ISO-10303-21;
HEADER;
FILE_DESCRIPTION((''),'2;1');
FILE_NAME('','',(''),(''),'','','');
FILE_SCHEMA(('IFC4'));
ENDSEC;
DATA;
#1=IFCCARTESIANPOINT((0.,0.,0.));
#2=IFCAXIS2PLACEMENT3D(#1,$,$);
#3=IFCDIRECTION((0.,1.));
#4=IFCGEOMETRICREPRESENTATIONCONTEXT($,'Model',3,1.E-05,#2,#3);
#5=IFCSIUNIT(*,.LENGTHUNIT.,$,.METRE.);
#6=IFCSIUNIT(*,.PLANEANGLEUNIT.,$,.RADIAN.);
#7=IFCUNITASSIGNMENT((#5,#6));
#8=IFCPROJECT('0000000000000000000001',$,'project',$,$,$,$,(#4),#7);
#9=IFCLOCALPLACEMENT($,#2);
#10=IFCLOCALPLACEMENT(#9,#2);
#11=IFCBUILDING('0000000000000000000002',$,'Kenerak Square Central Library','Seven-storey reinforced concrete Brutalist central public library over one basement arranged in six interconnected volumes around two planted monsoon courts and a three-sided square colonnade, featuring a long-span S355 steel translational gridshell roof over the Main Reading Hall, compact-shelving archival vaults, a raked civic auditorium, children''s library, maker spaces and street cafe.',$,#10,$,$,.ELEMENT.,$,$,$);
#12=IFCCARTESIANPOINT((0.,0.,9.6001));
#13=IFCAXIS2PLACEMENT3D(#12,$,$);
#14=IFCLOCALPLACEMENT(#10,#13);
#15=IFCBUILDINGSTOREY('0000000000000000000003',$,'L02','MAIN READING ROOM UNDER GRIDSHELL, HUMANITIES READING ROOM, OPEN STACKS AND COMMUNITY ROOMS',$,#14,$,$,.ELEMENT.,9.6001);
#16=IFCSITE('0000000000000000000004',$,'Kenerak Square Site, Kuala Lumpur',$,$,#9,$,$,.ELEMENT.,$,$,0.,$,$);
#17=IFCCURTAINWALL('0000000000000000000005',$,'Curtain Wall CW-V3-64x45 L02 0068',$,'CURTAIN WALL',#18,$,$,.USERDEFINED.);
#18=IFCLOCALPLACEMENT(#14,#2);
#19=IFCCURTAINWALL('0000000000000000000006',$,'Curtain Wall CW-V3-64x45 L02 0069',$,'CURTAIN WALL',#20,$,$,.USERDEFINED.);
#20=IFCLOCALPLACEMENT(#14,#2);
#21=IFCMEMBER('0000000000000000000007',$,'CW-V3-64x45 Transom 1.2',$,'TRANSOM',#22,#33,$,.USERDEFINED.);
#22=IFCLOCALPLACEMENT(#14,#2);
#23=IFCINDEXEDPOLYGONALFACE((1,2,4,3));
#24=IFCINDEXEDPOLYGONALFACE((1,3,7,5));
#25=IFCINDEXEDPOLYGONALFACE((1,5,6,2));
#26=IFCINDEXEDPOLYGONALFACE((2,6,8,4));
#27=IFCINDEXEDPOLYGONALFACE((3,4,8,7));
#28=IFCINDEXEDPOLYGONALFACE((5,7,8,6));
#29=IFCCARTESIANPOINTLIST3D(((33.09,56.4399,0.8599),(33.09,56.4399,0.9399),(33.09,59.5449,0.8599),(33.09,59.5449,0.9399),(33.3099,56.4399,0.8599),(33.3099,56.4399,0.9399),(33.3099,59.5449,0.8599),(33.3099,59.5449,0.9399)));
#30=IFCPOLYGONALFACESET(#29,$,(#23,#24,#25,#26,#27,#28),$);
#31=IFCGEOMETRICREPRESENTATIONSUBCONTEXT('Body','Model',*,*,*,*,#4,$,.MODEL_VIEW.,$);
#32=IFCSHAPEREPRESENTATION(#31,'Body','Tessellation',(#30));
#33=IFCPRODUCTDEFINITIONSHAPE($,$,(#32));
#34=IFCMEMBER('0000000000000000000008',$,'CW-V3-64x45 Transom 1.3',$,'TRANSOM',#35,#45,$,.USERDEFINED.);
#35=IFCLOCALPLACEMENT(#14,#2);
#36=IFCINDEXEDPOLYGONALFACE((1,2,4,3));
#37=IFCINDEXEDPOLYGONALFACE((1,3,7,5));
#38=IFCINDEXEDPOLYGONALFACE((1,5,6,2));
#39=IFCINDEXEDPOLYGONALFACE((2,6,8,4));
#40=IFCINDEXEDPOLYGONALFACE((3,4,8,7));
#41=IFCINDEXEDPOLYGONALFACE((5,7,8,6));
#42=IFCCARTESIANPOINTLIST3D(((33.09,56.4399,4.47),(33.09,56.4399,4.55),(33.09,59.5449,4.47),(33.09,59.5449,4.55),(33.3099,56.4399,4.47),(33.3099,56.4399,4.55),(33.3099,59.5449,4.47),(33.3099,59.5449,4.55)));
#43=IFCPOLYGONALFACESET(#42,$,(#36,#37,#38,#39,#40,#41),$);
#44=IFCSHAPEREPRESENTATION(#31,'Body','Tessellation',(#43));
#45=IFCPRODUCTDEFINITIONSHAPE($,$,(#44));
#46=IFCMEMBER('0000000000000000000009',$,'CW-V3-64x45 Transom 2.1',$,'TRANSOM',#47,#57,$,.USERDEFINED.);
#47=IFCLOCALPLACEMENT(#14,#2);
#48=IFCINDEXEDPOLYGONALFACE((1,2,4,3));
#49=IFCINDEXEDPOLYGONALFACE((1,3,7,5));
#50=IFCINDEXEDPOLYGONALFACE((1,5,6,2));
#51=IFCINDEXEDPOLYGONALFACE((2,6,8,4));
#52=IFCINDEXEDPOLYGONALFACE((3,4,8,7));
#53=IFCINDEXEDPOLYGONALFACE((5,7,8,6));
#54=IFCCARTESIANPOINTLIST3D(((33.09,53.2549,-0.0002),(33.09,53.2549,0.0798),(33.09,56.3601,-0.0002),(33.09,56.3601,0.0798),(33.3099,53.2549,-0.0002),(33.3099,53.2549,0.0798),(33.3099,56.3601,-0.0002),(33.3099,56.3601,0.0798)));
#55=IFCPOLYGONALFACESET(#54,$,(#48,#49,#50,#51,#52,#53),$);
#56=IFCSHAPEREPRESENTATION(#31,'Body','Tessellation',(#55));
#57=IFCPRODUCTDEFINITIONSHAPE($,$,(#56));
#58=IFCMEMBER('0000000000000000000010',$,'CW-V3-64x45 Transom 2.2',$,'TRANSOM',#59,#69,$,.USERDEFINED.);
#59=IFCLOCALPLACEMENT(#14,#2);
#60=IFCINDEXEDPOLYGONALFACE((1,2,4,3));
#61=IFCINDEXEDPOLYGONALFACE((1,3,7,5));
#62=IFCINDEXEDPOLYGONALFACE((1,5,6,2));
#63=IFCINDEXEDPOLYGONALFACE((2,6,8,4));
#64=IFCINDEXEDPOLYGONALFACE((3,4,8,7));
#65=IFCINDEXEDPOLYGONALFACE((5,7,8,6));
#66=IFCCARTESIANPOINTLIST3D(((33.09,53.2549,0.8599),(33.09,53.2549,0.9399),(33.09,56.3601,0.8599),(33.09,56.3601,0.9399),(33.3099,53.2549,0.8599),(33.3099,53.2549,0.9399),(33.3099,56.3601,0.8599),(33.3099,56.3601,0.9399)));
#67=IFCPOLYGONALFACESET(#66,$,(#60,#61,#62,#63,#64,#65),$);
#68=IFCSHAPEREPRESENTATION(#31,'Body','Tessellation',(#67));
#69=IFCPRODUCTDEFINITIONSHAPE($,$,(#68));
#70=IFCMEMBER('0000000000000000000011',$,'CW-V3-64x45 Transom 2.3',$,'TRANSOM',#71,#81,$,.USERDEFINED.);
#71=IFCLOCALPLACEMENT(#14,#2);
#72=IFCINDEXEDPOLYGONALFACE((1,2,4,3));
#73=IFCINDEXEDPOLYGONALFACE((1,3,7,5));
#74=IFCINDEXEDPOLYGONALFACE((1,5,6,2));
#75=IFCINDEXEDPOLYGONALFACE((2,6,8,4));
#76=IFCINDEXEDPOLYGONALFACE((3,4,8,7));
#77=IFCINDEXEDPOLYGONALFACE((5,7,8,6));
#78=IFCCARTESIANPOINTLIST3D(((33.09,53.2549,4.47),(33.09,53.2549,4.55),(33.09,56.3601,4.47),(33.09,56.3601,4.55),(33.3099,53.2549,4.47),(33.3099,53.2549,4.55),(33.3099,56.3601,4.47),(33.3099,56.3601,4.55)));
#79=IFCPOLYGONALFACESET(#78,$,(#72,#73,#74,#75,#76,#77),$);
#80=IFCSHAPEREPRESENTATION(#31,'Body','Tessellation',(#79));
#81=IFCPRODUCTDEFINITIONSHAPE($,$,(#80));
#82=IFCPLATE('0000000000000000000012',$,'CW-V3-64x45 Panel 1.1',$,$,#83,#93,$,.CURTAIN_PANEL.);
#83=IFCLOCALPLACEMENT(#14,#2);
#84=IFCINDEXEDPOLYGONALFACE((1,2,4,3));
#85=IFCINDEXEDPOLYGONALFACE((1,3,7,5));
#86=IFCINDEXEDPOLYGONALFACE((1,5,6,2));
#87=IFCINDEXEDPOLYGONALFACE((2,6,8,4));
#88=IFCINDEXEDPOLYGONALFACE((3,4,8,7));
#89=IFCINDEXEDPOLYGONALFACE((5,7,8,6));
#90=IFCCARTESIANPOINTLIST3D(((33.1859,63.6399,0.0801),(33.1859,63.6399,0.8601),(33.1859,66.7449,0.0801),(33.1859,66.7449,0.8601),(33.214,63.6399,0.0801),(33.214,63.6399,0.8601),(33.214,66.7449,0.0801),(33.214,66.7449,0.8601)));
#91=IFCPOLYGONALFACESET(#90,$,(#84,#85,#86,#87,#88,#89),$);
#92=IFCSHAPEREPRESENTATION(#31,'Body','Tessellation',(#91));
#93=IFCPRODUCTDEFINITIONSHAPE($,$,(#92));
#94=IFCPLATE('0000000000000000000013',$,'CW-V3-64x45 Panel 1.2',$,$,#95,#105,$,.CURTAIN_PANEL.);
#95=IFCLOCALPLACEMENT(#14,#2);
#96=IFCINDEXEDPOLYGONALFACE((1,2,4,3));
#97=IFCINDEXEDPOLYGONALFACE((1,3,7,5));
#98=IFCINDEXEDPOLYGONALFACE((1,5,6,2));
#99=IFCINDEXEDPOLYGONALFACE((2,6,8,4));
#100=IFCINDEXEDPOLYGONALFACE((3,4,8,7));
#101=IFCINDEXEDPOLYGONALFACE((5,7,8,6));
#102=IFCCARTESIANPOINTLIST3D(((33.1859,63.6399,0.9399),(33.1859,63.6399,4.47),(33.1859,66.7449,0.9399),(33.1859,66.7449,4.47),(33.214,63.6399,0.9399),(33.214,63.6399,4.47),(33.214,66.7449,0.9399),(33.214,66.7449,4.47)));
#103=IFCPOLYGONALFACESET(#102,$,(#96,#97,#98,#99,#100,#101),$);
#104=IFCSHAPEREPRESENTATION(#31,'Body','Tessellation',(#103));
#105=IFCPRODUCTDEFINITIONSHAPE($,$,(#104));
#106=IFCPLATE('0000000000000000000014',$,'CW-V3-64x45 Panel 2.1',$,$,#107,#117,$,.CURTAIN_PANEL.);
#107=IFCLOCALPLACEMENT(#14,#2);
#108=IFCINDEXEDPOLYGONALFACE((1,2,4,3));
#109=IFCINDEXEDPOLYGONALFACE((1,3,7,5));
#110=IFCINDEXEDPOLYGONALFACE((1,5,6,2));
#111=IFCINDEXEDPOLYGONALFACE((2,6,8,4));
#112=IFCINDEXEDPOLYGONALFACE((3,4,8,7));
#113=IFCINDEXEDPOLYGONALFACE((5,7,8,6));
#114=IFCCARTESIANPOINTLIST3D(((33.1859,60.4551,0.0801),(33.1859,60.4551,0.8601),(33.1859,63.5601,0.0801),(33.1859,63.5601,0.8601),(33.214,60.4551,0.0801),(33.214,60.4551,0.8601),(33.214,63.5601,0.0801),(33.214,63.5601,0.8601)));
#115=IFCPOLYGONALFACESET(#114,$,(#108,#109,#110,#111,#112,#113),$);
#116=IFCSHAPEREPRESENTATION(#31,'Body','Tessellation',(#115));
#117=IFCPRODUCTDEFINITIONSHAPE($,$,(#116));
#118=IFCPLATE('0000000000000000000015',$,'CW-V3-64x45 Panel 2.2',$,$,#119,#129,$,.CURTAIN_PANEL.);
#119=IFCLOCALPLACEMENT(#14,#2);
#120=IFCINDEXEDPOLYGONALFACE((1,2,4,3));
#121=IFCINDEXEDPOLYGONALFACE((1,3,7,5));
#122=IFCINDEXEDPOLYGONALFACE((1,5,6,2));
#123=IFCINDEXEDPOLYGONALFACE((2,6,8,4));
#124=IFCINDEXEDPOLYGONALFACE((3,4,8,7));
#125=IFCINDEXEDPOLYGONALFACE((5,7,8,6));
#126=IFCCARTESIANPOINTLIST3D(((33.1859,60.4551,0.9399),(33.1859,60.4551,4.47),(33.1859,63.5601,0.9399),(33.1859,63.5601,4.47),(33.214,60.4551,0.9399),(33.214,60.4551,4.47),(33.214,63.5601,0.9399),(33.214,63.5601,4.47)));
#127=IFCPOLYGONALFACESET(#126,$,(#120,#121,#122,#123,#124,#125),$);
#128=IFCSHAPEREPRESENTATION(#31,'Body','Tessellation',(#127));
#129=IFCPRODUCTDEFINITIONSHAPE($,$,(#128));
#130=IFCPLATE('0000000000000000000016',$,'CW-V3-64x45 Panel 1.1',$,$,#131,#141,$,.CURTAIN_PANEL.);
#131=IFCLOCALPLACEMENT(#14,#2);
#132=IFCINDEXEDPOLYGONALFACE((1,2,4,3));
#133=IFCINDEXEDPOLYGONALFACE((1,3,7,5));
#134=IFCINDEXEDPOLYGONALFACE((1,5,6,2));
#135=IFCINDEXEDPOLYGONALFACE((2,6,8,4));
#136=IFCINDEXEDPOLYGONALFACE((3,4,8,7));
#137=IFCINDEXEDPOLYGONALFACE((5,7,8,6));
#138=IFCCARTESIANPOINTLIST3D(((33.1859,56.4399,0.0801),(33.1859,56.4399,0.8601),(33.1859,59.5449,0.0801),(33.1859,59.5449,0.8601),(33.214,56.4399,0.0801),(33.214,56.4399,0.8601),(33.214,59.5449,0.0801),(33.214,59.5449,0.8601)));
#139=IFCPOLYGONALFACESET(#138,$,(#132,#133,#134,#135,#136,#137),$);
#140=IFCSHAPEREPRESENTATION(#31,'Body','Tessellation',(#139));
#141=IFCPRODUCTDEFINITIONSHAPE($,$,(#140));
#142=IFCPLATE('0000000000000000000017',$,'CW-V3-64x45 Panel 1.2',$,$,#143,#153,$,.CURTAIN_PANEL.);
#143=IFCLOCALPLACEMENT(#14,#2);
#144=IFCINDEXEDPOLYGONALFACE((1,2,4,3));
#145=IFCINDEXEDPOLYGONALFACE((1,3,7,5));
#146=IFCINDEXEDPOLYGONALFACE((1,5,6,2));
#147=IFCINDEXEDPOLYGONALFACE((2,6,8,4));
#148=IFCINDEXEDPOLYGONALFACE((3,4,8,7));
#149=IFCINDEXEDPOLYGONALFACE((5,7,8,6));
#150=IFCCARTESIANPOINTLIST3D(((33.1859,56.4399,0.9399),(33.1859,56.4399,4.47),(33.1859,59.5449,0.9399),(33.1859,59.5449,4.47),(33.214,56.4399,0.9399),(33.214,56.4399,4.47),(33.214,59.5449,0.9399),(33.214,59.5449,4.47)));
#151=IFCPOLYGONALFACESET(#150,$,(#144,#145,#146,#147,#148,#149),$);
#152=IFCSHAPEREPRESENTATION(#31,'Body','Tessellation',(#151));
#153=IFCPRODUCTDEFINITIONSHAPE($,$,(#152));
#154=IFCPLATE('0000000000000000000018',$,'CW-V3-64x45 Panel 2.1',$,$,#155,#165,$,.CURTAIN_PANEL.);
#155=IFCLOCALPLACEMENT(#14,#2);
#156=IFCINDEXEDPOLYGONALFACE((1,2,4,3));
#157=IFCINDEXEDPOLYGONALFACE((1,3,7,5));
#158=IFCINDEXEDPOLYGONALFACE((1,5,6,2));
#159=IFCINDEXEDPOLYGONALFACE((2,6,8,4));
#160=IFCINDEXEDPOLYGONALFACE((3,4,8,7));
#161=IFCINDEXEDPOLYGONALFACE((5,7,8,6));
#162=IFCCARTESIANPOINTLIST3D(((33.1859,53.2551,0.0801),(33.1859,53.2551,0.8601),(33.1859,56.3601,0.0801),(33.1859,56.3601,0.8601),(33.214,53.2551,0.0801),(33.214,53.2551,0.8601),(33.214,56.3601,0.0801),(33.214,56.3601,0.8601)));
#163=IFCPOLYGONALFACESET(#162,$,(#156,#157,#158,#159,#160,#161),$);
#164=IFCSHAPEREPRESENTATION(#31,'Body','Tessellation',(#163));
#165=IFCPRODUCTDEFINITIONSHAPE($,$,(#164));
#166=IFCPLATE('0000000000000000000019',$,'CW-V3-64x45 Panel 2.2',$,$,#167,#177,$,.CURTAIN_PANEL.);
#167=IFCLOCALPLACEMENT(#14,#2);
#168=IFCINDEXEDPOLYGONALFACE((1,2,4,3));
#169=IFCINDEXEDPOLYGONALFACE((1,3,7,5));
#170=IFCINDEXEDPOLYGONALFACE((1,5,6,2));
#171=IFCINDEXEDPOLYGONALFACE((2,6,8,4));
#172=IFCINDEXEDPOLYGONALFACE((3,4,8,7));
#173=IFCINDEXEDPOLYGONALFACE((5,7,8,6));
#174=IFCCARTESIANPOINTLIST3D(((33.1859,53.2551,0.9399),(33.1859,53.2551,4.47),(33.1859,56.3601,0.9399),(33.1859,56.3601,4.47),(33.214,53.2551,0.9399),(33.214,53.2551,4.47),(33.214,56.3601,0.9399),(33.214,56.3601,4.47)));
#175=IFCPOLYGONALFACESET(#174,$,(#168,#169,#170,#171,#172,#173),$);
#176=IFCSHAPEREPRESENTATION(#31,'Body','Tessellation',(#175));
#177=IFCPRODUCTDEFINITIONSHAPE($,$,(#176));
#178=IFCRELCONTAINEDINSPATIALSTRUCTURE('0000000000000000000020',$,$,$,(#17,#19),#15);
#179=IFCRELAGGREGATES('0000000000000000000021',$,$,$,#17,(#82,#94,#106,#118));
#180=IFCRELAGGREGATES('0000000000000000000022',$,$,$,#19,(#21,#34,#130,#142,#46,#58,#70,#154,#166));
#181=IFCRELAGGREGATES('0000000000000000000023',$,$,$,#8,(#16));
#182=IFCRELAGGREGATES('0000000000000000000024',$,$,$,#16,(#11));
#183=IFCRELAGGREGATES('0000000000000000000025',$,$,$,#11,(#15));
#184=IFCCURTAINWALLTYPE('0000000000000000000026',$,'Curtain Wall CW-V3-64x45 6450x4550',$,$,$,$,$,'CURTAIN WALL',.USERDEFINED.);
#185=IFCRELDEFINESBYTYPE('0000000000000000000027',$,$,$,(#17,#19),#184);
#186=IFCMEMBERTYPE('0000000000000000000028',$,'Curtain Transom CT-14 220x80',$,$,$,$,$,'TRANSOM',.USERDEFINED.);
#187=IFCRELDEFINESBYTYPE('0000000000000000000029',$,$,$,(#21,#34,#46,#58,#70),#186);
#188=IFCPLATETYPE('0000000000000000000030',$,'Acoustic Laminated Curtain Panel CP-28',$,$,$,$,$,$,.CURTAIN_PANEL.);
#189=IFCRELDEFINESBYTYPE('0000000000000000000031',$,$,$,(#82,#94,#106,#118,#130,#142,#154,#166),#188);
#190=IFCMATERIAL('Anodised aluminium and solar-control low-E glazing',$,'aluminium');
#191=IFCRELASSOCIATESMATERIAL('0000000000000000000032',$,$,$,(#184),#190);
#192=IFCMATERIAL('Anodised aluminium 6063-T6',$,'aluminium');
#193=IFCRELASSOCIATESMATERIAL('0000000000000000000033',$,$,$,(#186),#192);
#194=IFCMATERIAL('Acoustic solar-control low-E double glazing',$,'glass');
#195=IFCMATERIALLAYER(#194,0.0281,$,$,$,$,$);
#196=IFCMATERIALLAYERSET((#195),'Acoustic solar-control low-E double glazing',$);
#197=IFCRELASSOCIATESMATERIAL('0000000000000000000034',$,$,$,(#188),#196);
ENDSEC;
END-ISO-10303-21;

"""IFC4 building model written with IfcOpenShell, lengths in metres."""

from ifc_helpers import new_model, si_unit, direction, frame, origin, origin_2d, place, context, subcontext, project, spatial, rectangle, extrude, material, layer, layer_set, material_profile, profile_set, type_object, element, aggregate, save


model = new_model("IFC4")

# Units and contexts
model_context = context("Model", 3, precision=1e-05, world=origin(), true_north=direction((0.0, 1.0)))
body_context = subcontext(model_context, "Body", "Model", "MODEL_VIEW")
ifc_project = project(units=[si_unit("LENGTHUNIT", "METRE"), si_unit("PLANEANGLEUNIT", "RADIAN")], contexts=[model_context])

# Site, building, storey
site_placement = place(None, origin())
site = spatial("IfcSite", under=ifc_project, at=site_placement, Name="Kenerak Square Site, Kuala Lumpur", CompositionType="ELEMENT", RefElevation=0.0)
building_placement = place(site_placement, origin())
building = spatial("IfcBuilding", under=site, at=building_placement, Name="Kenerak Square Central Library", Description="Seven-storey reinforced concrete Brutalist central public library over one basement arranged in six interconnected volumes around two planted monsoon courts and a three-sided square colonnade, featuring a long-span S355 steel translational gridshell roof over the Main Reading Hall, compact-shelving archival vaults, a raked civic auditorium, children's library, maker spaces and street cafe.", CompositionType="ELEMENT")
storey_placement = place(building_placement, frame((0.0, 0.0, 9.6001)))
storey = spatial("IfcBuildingStorey", under=building, at=storey_placement, Name="L02", Description="MAIN READING ROOM UNDER GRIDSHELL, HUMANITIES READING ROOM, OPEN STACKS AND COMMUNITY ROOMS", CompositionType="ELEMENT", Elevation=9.6001)

# Curtain walls
ifc_material_1 = material(Name="Anodised aluminium and solar-control low-E glazing", Category="aluminium")
curtain_wall_type = type_object("IfcCurtainWallType", Name="Curtain Wall CW-V3-64x45 6450x4550", ElementType="CURTAIN WALL", PredefinedType="USERDEFINED", material=ifc_material_1)
curtain_wall_1_placement = place(storey_placement, origin())
curtain_wall_1 = element("IfcCurtainWall", 1, at=curtain_wall_1_placement, inside=storey, type_object=curtain_wall_type, Name="Curtain Wall CW-V3-64x45 L02 0068", ObjectType="CURTAIN WALL", PredefinedType="USERDEFINED")
ifc_material_2 = material(Name="Anodised aluminium 6063-T6", Category="aluminium")
curtain_wall_2_placement = place(storey_placement, origin())
curtain_wall_2 = element("IfcCurtainWall", 2, at=curtain_wall_2_placement, inside=storey, type_object=curtain_wall_type, Name="Curtain Wall CW-V3-64x45 L02 0069", ObjectType="CURTAIN WALL", PredefinedType="USERDEFINED")

# Members
ifc_material_profile_1 = material_profile(ifc_material_2, rectangle(XDim=0.22, YDim=0.0801, at=origin_2d()), Name="AL TRANSOM 220x80")
ifc_profile_set_1 = profile_set([ifc_material_profile_1], Name="Anodised aluminium 6063-T6")
member_type_1 = type_object("IfcMemberType", Name="Curtain Transom CT-14 220x80", ElementType="TRANSOM", PredefinedType="USERDEFINED", material=ifc_profile_set_1)
member_1_placement = place(storey_placement, frame((33.2, 59.5449, 0.8999), z_axis=(0.0, -1.0, 0.0), x_axis=(1.0, 0.0, 0.0)))
member_1 = element("IfcMember", 3, at=member_1_placement, type_object=member_type_1, Name="CW-V3-64x45 Transom 1.2", ObjectType="TRANSOM", PredefinedType="USERDEFINED", context=body_context, shape_type="SweptSolid", body=[
    extrude(rectangle(XDim=0.22, YDim=0.0801, at=origin_2d()), origin(), (0.0, 0.0, 1.0), 3.105),
])
member_2_placement = place(storey_placement, frame((33.2, 59.5449, 4.51), z_axis=(0.0, -1.0, 0.0), x_axis=(1.0, 0.0, 0.0)))
member_2 = element("IfcMember", 4, at=member_2_placement, type_object=member_type_1, Name="CW-V3-64x45 Transom 1.3", ObjectType="TRANSOM", PredefinedType="USERDEFINED", context=body_context, shape_type="SweptSolid", body=[
    extrude(rectangle(XDim=0.22, YDim=0.0801, at=origin_2d()), origin(), (0.0, 0.0, 1.0), 3.105),
])
member_3_placement = place(storey_placement, frame((33.2, 56.3601, 0.0398), z_axis=(0.0, -1.0, 0.0), x_axis=(1.0, 0.0, 0.0)))
member_3 = element("IfcMember", 5, at=member_3_placement, type_object=member_type_1, Name="CW-V3-64x45 Transom 2.1", ObjectType="TRANSOM", PredefinedType="USERDEFINED", context=body_context, shape_type="SweptSolid", body=[
    extrude(rectangle(XDim=0.22, YDim=0.0801, at=origin_2d()), origin(), (0.0, 0.0, 1.0), 3.1052),
])
member_4_placement = place(storey_placement, frame((33.2, 56.3601, 0.8999), z_axis=(0.0, -1.0, 0.0), x_axis=(1.0, 0.0, 0.0)))
member_4 = element("IfcMember", 6, at=member_4_placement, type_object=member_type_1, Name="CW-V3-64x45 Transom 2.2", ObjectType="TRANSOM", PredefinedType="USERDEFINED", context=body_context, shape_type="SweptSolid", body=[
    extrude(rectangle(XDim=0.22, YDim=0.0801, at=origin_2d()), origin(), (0.0, 0.0, 1.0), 3.1052),
])
member_5_placement = place(storey_placement, frame((33.2, 56.3601, 4.51), z_axis=(0.0, -1.0, 0.0), x_axis=(1.0, 0.0, 0.0)))
member_5 = element("IfcMember", 7, at=member_5_placement, type_object=member_type_1, Name="CW-V3-64x45 Transom 2.3", ObjectType="TRANSOM", PredefinedType="USERDEFINED", context=body_context, shape_type="SweptSolid", body=[
    extrude(rectangle(XDim=0.22, YDim=0.0801, at=origin_2d()), origin(), (0.0, 0.0, 1.0), 3.1052),
])

# Plates
ifc_material_3 = material(Name="Acoustic solar-control low-E double glazing", Category="glass")
ifc_layer = layer(ifc_material_3, 0.0281)
ifc_layer_set = layer_set([ifc_layer], Name="Acoustic solar-control low-E double glazing")
plate_type = type_object("IfcPlateType", Name="Acoustic Laminated Curtain Panel CP-28", PredefinedType="CURTAIN_PANEL", material=ifc_layer_set)
plate_1_placement = place(storey_placement, frame((33.2, 65.1924, 0.0801), z_axis=(0.0, 0.0, 1.0), x_axis=(0.0, -1.0, 0.0)))
plate_1 = element("IfcPlate", 8, at=plate_1_placement, type_object=plate_type, Name="CW-V3-64x45 Panel 1.1", PredefinedType="CURTAIN_PANEL", context=body_context, shape_type="SweptSolid", body=[
    extrude(rectangle(XDim=3.105, YDim=0.0281, at=origin_2d()), origin(), (0.0, 0.0, 1.0), 0.78),
])
plate_2_placement = place(storey_placement, frame((33.2, 65.1924, 0.9399), z_axis=(0.0, 0.0, 1.0), x_axis=(0.0, -1.0, 0.0)))
plate_2 = element("IfcPlate", 9, at=plate_2_placement, type_object=plate_type, Name="CW-V3-64x45 Panel 1.2", PredefinedType="CURTAIN_PANEL", context=body_context, shape_type="SweptSolid", body=[
    extrude(rectangle(XDim=3.105, YDim=0.0281, at=origin_2d()), origin(), (0.0, 0.0, 1.0), 3.53),
])
plate_3_placement = place(storey_placement, frame((33.2, 62.0076, 0.0801), z_axis=(0.0, 0.0, 1.0), x_axis=(0.0, -1.0, 0.0)))
plate_3 = element("IfcPlate", 10, at=plate_3_placement, type_object=plate_type, Name="CW-V3-64x45 Panel 2.1", PredefinedType="CURTAIN_PANEL", context=body_context, shape_type="SweptSolid", body=[
    extrude(rectangle(XDim=3.105, YDim=0.0281, at=origin_2d()), origin(), (0.0, 0.0, 1.0), 0.78),
])
plate_4_placement = place(storey_placement, frame((33.2, 62.0076, 0.9399), z_axis=(0.0, 0.0, 1.0), x_axis=(0.0, -1.0, 0.0)))
plate_4 = element("IfcPlate", 11, at=plate_4_placement, type_object=plate_type, Name="CW-V3-64x45 Panel 2.2", PredefinedType="CURTAIN_PANEL", context=body_context, shape_type="SweptSolid", body=[
    extrude(rectangle(XDim=3.105, YDim=0.0281, at=origin_2d()), origin(), (0.0, 0.0, 1.0), 3.53),
])
aggregate(curtain_wall_1, [plate_1, plate_2, plate_3, plate_4])
plate_5_placement = place(storey_placement, frame((33.2, 57.9924, 0.0801), z_axis=(0.0, 0.0, 1.0), x_axis=(0.0, -1.0, 0.0)))
plate_5 = element("IfcPlate", 12, at=plate_5_placement, type_object=plate_type, Name="CW-V3-64x45 Panel 1.1", PredefinedType="CURTAIN_PANEL", context=body_context, shape_type="SweptSolid", body=[
    extrude(rectangle(XDim=3.105, YDim=0.0281, at=origin_2d()), origin(), (0.0, 0.0, 1.0), 0.78),
])
plate_6_placement = place(storey_placement, frame((33.2, 57.9924, 0.9399), z_axis=(0.0, 0.0, 1.0), x_axis=(0.0, -1.0, 0.0)))
plate_6 = element("IfcPlate", 13, at=plate_6_placement, type_object=plate_type, Name="CW-V3-64x45 Panel 1.2", PredefinedType="CURTAIN_PANEL", context=body_context, shape_type="SweptSolid", body=[
    extrude(rectangle(XDim=3.105, YDim=0.0281, at=origin_2d()), origin(), (0.0, 0.0, 1.0), 3.53),
])
plate_7_placement = place(storey_placement, frame((33.2, 54.8076, 0.0801), z_axis=(0.0, 0.0, 1.0), x_axis=(0.0, -1.0, 0.0)))
plate_7 = element("IfcPlate", 14, at=plate_7_placement, type_object=plate_type, Name="CW-V3-64x45 Panel 2.1", PredefinedType="CURTAIN_PANEL", context=body_context, shape_type="SweptSolid", body=[
    extrude(rectangle(XDim=3.105, YDim=0.0281, at=origin_2d()), origin(), (0.0, 0.0, 1.0), 0.78),
])
plate_8_placement = place(storey_placement, frame((33.2, 54.8076, 0.9399), z_axis=(0.0, 0.0, 1.0), x_axis=(0.0, -1.0, 0.0)))
plate_8 = element("IfcPlate", 15, at=plate_8_placement, type_object=plate_type, Name="CW-V3-64x45 Panel 2.2", PredefinedType="CURTAIN_PANEL", context=body_context, shape_type="SweptSolid", body=[
    extrude(rectangle(XDim=3.105, YDim=0.0281, at=origin_2d()), origin(), (0.0, 0.0, 1.0), 3.53),
])
aggregate(curtain_wall_2, [member_1, member_2, plate_5, plate_6, member_3, member_4, member_5, plate_7, plate_8])

save(model, "model.ifc")
